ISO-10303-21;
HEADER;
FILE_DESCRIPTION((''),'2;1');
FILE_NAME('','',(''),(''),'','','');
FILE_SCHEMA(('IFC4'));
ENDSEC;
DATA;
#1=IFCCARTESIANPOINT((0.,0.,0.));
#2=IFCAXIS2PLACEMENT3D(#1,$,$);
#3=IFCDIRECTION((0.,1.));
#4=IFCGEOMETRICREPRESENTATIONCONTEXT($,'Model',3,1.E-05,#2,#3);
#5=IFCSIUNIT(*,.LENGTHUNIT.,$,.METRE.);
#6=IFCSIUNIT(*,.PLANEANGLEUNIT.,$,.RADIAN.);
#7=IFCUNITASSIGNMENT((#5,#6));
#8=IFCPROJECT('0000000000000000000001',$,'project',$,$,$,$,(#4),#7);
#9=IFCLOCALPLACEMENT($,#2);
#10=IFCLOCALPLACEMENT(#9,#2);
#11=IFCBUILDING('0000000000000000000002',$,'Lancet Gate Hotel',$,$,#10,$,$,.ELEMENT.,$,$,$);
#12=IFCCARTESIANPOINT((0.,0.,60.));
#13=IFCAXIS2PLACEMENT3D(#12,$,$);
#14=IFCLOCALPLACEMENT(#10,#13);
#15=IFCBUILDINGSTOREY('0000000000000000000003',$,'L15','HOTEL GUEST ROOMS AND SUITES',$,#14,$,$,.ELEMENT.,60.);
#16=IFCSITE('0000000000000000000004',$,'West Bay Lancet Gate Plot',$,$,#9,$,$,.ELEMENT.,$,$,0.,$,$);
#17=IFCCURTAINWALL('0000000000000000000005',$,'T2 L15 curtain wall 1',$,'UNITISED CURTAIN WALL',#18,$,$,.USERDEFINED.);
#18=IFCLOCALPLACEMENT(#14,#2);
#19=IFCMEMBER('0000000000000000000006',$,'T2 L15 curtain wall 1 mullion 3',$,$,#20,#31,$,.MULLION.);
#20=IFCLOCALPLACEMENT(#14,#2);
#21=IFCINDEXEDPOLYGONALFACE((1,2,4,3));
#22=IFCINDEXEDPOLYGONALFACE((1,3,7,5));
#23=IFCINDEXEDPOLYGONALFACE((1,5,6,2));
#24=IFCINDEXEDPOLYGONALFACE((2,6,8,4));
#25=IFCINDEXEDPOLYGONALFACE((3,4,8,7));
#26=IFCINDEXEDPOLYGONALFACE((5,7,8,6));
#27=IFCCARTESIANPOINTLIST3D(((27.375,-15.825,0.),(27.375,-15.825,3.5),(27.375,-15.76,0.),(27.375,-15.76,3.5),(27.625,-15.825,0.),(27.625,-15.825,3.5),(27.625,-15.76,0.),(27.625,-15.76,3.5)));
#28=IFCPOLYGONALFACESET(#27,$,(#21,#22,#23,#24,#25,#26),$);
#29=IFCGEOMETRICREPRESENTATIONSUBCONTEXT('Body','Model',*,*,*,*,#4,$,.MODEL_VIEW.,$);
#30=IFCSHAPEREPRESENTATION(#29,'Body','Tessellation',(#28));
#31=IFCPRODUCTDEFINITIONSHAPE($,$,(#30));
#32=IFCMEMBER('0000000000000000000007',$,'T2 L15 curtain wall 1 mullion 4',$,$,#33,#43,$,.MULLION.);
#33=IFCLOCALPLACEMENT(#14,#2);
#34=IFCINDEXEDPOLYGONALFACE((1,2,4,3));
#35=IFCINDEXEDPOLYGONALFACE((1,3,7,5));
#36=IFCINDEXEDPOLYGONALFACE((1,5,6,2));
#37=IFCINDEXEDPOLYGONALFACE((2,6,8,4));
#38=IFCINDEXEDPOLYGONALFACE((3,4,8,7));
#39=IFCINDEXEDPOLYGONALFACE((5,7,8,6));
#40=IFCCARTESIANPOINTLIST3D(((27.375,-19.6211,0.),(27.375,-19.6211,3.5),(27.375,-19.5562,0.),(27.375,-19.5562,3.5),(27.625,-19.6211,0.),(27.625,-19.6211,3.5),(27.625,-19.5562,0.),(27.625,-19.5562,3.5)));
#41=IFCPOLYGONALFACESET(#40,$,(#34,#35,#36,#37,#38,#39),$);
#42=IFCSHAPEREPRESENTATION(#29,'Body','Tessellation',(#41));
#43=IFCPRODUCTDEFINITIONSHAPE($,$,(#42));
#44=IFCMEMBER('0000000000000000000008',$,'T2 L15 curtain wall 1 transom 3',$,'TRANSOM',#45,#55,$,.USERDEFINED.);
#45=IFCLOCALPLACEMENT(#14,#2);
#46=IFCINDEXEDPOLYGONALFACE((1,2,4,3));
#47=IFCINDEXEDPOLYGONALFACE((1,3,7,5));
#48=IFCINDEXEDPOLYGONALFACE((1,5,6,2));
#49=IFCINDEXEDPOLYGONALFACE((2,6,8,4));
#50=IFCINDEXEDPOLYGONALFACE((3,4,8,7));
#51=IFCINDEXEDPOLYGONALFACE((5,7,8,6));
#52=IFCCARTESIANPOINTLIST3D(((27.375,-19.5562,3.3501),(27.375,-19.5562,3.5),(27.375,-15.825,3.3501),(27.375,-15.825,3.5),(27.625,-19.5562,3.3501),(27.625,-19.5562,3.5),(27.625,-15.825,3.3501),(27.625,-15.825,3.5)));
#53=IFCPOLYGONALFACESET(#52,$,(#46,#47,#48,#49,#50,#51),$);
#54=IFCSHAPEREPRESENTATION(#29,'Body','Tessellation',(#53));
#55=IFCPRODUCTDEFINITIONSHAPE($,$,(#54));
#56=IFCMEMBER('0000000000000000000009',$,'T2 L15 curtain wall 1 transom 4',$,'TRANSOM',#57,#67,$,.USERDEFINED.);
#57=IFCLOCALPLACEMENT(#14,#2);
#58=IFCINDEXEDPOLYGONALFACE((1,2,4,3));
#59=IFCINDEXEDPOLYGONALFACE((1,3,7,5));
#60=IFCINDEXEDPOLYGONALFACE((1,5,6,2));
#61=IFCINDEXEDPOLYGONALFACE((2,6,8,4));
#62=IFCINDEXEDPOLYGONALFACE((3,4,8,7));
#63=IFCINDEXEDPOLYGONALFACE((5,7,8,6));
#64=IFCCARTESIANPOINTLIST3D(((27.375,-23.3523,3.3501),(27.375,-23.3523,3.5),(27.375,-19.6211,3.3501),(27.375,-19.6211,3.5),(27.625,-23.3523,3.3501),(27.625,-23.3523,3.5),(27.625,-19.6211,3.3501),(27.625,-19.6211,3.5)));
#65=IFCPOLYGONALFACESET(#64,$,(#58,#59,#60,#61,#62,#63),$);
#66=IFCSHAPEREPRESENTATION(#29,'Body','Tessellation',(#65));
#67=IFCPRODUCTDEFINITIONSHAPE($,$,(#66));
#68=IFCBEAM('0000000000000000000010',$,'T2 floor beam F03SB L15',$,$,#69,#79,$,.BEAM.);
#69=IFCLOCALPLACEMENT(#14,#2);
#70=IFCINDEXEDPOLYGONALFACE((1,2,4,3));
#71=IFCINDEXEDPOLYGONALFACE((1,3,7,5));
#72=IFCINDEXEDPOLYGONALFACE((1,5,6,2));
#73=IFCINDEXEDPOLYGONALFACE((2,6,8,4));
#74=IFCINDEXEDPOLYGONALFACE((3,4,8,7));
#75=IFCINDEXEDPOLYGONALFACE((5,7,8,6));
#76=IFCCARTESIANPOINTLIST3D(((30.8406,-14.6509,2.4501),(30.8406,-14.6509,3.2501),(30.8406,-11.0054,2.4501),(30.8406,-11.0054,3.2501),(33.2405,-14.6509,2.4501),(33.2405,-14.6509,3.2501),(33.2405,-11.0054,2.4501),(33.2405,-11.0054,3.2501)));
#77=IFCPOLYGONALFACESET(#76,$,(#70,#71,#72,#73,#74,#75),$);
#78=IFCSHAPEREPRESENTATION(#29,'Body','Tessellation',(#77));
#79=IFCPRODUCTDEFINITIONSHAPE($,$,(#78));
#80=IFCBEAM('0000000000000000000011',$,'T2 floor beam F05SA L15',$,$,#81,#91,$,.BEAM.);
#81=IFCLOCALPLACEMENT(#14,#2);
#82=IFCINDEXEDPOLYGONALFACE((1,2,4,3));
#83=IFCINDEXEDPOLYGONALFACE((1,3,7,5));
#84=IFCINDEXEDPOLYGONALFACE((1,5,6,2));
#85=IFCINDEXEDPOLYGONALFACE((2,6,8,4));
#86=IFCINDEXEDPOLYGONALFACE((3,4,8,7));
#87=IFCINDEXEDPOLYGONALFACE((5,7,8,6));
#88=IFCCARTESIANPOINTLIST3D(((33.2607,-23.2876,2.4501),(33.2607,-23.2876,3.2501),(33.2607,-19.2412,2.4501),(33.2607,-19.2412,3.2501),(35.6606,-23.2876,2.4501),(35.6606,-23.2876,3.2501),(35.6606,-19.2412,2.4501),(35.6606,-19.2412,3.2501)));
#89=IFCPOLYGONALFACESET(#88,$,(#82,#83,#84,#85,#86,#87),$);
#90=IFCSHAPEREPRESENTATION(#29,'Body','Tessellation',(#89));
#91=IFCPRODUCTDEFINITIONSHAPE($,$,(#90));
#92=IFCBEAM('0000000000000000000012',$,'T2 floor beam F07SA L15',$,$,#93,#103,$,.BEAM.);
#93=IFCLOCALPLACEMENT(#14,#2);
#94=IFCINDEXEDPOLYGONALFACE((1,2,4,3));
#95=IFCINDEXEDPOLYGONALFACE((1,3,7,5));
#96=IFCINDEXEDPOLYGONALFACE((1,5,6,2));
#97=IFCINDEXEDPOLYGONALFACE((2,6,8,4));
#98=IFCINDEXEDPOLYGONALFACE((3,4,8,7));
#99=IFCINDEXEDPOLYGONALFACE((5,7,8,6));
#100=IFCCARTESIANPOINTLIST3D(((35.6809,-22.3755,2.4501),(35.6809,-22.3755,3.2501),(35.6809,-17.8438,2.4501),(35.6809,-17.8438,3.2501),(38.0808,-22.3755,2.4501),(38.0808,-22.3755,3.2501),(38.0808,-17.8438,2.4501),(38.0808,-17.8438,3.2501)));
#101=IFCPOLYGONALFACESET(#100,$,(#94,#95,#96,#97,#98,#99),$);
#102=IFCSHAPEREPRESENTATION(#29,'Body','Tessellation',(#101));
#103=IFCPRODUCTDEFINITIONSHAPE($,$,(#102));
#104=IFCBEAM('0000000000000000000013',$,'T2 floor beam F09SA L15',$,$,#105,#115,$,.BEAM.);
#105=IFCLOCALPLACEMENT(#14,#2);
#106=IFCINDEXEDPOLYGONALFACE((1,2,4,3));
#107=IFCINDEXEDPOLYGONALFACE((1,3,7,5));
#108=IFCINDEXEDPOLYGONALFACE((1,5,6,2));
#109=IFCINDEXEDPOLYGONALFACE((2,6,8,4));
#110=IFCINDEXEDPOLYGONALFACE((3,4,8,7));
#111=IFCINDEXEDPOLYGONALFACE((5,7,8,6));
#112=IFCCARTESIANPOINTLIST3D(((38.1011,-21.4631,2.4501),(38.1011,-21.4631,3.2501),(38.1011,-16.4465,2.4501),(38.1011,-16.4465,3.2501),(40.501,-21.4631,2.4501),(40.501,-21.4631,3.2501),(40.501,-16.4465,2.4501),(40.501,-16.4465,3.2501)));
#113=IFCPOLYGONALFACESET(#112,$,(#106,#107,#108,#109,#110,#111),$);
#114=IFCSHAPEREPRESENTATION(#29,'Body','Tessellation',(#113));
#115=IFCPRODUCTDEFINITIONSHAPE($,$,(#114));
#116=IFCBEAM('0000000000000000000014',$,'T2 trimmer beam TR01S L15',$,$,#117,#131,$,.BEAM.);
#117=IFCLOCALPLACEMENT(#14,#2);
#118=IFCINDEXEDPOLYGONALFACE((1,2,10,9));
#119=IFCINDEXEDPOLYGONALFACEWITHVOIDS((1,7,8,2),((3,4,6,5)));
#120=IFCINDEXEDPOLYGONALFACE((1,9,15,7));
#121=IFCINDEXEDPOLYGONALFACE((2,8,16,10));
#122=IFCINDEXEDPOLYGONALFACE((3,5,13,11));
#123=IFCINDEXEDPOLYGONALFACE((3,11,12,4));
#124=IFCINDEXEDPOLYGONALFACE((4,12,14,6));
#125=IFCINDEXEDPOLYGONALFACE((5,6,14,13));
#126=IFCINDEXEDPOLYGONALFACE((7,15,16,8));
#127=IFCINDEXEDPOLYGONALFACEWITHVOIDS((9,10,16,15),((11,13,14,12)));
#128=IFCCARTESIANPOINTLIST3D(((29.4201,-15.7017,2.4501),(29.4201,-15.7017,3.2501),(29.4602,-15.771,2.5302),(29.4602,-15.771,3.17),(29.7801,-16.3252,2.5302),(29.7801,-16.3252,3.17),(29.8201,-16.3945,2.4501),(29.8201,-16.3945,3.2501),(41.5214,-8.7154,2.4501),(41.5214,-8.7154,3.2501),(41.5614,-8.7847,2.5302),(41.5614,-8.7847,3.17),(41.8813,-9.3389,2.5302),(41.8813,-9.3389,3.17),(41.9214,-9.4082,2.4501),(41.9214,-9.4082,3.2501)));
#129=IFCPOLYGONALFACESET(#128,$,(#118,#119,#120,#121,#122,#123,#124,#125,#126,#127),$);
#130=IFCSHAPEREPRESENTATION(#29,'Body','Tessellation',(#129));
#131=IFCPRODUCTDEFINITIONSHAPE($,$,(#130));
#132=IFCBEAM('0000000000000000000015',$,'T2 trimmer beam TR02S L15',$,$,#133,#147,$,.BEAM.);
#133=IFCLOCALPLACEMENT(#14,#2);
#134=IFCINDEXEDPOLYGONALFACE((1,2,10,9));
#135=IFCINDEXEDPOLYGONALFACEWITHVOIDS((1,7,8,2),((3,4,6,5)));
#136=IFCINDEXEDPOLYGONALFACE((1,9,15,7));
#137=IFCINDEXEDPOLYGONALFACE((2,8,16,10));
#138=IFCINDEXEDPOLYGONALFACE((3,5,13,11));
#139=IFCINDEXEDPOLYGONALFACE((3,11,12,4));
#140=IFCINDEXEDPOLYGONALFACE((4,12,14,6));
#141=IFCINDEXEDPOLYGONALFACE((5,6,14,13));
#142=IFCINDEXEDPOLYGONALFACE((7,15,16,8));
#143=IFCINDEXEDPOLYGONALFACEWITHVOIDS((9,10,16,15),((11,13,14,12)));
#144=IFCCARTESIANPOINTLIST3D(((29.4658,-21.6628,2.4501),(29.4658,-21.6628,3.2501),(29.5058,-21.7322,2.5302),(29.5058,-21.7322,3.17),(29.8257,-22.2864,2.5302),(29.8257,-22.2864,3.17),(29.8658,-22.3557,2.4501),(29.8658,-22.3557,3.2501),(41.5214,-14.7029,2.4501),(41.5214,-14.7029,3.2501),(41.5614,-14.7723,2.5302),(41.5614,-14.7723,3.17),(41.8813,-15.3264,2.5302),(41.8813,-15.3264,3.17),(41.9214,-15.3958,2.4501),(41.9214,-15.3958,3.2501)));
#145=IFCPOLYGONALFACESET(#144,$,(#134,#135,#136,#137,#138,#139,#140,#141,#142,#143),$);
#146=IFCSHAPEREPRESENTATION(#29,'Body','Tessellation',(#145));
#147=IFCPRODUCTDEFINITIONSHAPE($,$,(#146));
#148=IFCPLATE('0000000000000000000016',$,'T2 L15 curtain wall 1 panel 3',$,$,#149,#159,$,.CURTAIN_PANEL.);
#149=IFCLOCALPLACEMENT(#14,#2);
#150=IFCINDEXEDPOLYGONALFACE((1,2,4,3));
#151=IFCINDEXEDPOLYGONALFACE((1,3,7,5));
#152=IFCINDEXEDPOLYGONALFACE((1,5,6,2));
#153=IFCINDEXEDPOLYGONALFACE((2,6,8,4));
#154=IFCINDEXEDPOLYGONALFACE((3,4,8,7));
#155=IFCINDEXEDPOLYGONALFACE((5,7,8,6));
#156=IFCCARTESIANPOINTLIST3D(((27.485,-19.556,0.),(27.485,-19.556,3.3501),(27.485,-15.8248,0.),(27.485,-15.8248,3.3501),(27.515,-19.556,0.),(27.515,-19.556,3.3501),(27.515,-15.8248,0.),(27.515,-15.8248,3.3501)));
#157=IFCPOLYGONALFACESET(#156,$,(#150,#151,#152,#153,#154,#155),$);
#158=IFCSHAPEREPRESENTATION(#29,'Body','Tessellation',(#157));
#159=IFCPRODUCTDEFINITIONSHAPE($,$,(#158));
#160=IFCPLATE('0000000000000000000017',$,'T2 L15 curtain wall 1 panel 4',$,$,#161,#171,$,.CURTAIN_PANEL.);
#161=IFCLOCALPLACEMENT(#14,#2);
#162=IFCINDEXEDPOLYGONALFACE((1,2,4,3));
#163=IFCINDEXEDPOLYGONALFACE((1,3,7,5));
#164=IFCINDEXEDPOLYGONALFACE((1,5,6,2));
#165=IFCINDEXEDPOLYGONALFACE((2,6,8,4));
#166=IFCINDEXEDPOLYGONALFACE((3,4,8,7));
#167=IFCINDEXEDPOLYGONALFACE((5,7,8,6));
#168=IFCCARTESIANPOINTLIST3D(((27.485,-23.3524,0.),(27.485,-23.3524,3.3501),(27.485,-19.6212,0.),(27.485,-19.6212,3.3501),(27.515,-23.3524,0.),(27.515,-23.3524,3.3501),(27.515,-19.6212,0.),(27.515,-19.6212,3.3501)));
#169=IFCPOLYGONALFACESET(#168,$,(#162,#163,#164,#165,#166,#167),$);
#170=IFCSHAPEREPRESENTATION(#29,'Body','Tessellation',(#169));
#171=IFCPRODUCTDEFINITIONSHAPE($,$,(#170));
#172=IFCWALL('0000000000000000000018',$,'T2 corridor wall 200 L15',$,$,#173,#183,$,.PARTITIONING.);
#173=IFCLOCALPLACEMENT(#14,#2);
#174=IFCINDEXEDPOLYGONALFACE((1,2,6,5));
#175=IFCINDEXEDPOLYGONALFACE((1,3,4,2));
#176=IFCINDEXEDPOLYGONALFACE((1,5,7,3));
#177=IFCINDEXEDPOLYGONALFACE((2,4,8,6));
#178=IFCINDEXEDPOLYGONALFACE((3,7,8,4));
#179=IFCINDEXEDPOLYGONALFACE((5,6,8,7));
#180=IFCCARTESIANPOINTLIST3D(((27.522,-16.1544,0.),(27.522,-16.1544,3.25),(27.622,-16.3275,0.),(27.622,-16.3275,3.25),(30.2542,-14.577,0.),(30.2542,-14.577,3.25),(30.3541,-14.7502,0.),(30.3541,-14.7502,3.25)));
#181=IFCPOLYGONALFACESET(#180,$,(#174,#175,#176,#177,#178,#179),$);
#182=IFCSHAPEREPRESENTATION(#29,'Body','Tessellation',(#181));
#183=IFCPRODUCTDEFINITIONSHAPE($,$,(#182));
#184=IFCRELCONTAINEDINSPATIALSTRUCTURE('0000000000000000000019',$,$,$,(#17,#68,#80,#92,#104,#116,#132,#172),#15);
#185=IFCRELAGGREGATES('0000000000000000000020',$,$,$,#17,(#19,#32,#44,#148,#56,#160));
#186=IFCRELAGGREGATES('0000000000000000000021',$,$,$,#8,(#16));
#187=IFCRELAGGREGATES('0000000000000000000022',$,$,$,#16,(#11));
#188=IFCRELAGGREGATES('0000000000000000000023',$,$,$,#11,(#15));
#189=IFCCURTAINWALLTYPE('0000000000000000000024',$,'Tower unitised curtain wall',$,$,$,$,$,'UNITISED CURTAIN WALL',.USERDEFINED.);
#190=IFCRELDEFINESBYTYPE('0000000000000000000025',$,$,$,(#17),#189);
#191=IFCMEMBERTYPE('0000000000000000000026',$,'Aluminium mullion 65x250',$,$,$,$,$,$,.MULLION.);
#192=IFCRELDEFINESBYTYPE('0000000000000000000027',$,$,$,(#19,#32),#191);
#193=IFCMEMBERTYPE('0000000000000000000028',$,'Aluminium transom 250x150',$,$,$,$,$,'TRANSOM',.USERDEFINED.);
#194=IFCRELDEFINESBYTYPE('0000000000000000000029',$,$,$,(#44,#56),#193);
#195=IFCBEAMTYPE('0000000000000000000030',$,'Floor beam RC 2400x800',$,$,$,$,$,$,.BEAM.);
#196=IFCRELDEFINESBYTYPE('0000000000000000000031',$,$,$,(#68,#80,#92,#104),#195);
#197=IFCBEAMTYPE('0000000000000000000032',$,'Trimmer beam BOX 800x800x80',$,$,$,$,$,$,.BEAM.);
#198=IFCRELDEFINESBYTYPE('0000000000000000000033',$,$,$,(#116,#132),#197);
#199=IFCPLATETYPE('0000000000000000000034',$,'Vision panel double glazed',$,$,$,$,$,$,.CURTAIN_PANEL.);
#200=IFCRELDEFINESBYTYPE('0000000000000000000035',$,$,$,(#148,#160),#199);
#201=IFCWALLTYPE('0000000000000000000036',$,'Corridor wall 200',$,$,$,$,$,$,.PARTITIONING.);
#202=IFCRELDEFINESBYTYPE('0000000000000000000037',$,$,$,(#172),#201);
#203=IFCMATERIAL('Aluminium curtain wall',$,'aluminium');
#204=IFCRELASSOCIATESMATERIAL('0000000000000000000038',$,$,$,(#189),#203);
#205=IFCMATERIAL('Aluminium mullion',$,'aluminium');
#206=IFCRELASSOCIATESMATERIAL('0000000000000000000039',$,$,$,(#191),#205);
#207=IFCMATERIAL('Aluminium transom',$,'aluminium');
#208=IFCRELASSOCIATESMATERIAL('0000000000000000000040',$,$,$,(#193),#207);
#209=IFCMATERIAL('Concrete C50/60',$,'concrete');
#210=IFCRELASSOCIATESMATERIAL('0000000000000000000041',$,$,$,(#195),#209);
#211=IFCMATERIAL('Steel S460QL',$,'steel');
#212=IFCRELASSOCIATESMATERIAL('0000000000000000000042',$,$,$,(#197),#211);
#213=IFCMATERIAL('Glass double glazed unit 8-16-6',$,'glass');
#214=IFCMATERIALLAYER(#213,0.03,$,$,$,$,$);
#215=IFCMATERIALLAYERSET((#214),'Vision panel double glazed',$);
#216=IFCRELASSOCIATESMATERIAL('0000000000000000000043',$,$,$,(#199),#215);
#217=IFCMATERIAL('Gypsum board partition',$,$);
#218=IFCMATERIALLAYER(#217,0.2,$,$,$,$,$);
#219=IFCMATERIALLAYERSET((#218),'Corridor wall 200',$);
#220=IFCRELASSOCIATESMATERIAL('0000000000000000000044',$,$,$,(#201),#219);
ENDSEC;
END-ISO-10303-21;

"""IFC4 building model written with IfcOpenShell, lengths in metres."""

from ifc_helpers import new_model, si_unit, direction, frame, frame_2d, origin, origin_2d, place, context, subcontext, project, spatial, rectangle, hollow_rectangle, extrude, material, layer, layer_set, material_profile, profile_set, type_object, element, aggregate, save


model = new_model("IFC4")

# Units and contexts
model_context = context("Model", 3, precision=1e-05, world=origin(), true_north=direction((0.0, 1.0)))
body_context = subcontext(model_context, "Body", "Model", "MODEL_VIEW")
ifc_project = project(units=[si_unit("LENGTHUNIT", "METRE"), si_unit("PLANEANGLEUNIT", "RADIAN")], contexts=[model_context])

# Site, building, storey
site_placement = place(None, origin())
site = spatial("IfcSite", under=ifc_project, at=site_placement, Name="West Bay Lancet Gate Plot", CompositionType="ELEMENT", RefElevation=0.0)
building_placement = place(site_placement, origin())
building = spatial("IfcBuilding", under=site, at=building_placement, Name="Lancet Gate Hotel", CompositionType="ELEMENT")
storey_placement = place(building_placement, frame((0.0, 0.0, 60.0)))
storey = spatial("IfcBuildingStorey", under=building, at=storey_placement, Name="L15", Description="HOTEL GUEST ROOMS AND SUITES", CompositionType="ELEMENT", Elevation=60.0)

# Curtain wall, members
ifc_material_1 = material(Name="Aluminium curtain wall", Category="aluminium")
curtain_wall_type = type_object("IfcCurtainWallType", Name="Tower unitised curtain wall", ElementType="UNITISED CURTAIN WALL", PredefinedType="USERDEFINED", material=ifc_material_1)
curtain_wall_placement = place(storey_placement, origin())
curtain_wall = element("IfcCurtainWall", 1, at=curtain_wall_placement, inside=storey, type_object=curtain_wall_type, Name="T2 L15 curtain wall 1", ObjectType="UNITISED CURTAIN WALL", PredefinedType="USERDEFINED")
ifc_material_2 = material(Name="Aluminium mullion", Category="aluminium")
ifc_material_profile_1 = material_profile(ifc_material_2, rectangle(XDim=0.0649, YDim=0.25, at=origin_2d()), Name="MULLION 65x250")
ifc_profile_set_1 = profile_set([ifc_material_profile_1], Name="Aluminium mullion")
member_type_1 = type_object("IfcMemberType", Name="Aluminium mullion 65x250", PredefinedType="MULLION", material=ifc_profile_set_1)
member_1_placement = place(storey_placement, frame((27.5, -15.7925, 0.0), z_axis=(0.0, 0.0, 1.0), x_axis=(0.0, -1.0, 0.0)))
member_1 = element("IfcMember", 2, at=member_1_placement, type_object=member_type_1, Name="T2 L15 curtain wall 1 mullion 3", PredefinedType="MULLION", context=body_context, shape_type="SweptSolid", body=[
    extrude(rectangle(XDim=0.0649, YDim=0.25, at=origin_2d()), origin(), (0.0, 0.0, 1.0), 3.5),
])
member_2_placement = place(storey_placement, frame((27.5, -19.5886, 0.0), z_axis=(0.0, 0.0, 1.0), x_axis=(0.0, -1.0, 0.0)))
member_2 = element("IfcMember", 3, at=member_2_placement, type_object=member_type_1, Name="T2 L15 curtain wall 1 mullion 4", PredefinedType="MULLION", context=body_context, shape_type="SweptSolid", body=[
    extrude(rectangle(XDim=0.0649, YDim=0.25, at=origin_2d()), origin(), (0.0, 0.0, 1.0), 3.5),
])
ifc_material_3 = material(Name="Aluminium transom", Category="aluminium")
ifc_material_profile_2 = material_profile(ifc_material_3, rectangle(XDim=0.25, YDim=0.1499, at=origin_2d()), Name="TRANSOM 250x150")
ifc_profile_set_2 = profile_set([ifc_material_profile_2], Name="Aluminium transom")
member_type_2 = type_object("IfcMemberType", Name="Aluminium transom 250x150", ElementType="TRANSOM", PredefinedType="USERDEFINED", material=ifc_profile_set_2)
member_3_placement = place(storey_placement, frame((27.5, -15.825, 3.425), z_axis=(0.0, -1.0, 0.0), x_axis=(1.0, 0.0, 0.0)))
member_3 = element("IfcMember", 4, at=member_3_placement, type_object=member_type_2, Name="T2 L15 curtain wall 1 transom 3", ObjectType="TRANSOM", PredefinedType="USERDEFINED", context=body_context, shape_type="SweptSolid", body=[
    extrude(rectangle(XDim=0.25, YDim=0.1499, at=origin_2d()), origin(), (0.0, 0.0, 1.0), 3.7312),
])
member_4_placement = place(storey_placement, frame((27.5, -19.6211, 3.425), z_axis=(0.0, -1.0, 0.0), x_axis=(1.0, 0.0, 0.0)))
member_4 = element("IfcMember", 5, at=member_4_placement, type_object=member_type_2, Name="T2 L15 curtain wall 1 transom 4", ObjectType="TRANSOM", PredefinedType="USERDEFINED", context=body_context, shape_type="SweptSolid", body=[
    extrude(rectangle(XDim=0.25, YDim=0.1499, at=origin_2d()), origin(), (0.0, 0.0, 1.0), 3.7312),
])

# Beams
ifc_material_4 = material(Name="Concrete C50/60", Category="concrete")
ifc_material_profile_3 = material_profile(ifc_material_4, rectangle(XDim=2.3999, YDim=0.8, at=origin_2d()), Name="RC 2400x800")
ifc_profile_set_3 = profile_set([ifc_material_profile_3], Name="Concrete C50/60")
beam_type_1 = type_object("IfcBeamType", Name="Floor beam RC 2400x800", PredefinedType="BEAM", material=ifc_profile_set_3)
beam_1_placement = place(storey_placement, frame((32.0405, -14.6509, 2.8501), z_axis=(0.0, 1.0, 0.0), x_axis=(-1.0, 0.0, 0.0)))
element("IfcBeam", 6, at=beam_1_placement, inside=storey, type_object=beam_type_1, Name="T2 floor beam F03SB L15", PredefinedType="BEAM", context=body_context, shape_type="SweptSolid", body=[
    extrude(rectangle(XDim=2.3999, YDim=0.8, at=origin_2d()), origin(), (0.0, 0.0, 1.0), 3.6455),
])
beam_2_placement = place(storey_placement, frame((34.4607, -23.2876, 2.8501), z_axis=(0.0, 1.0, 0.0), x_axis=(-1.0, 0.0, 0.0)))
element("IfcBeam", 7, at=beam_2_placement, inside=storey, type_object=beam_type_1, Name="T2 floor beam F05SA L15", PredefinedType="BEAM", context=body_context, shape_type="SweptSolid", body=[
    extrude(rectangle(XDim=2.3999, YDim=0.8, at=origin_2d()), origin(), (0.0, 0.0, 1.0), 4.0464),
])
beam_3_placement = place(storey_placement, frame((36.8809, -22.3755, 2.8501), z_axis=(0.0, 1.0, 0.0), x_axis=(-1.0, 0.0, 0.0)))
element("IfcBeam", 8, at=beam_3_placement, inside=storey, type_object=beam_type_1, Name="T2 floor beam F07SA L15", PredefinedType="BEAM", context=body_context, shape_type="SweptSolid", body=[
    extrude(rectangle(XDim=2.3999, YDim=0.8, at=origin_2d()), origin(), (0.0, 0.0, 1.0), 4.5317),
])
beam_4_placement = place(storey_placement, frame((39.301, -21.4631, 2.8501), z_axis=(0.0, 1.0, 0.0), x_axis=(-1.0, 0.0, 0.0)))
element("IfcBeam", 9, at=beam_4_placement, inside=storey, type_object=beam_type_1, Name="T2 floor beam F09SA L15", PredefinedType="BEAM", context=body_context, shape_type="SweptSolid", body=[
    extrude(rectangle(XDim=2.3999, YDim=0.8, at=origin_2d()), origin(), (0.0, 0.0, 1.0), 5.0166),
])
ifc_material_5 = material(Name="Steel S460QL", Category="steel")
ifc_material_profile_4 = material_profile(ifc_material_5, hollow_rectangle(XDim=0.8, YDim=0.8, WallThickness=0.0801, at=origin_2d()), Name="BOX 800x800x80")
ifc_profile_set_4 = profile_set([ifc_material_profile_4], Name="Steel S460QL")
beam_type_2 = type_object("IfcBeamType", Name="Trimmer beam BOX 800x800x80", PredefinedType="BEAM", material=ifc_profile_set_4)
beam_5_placement = place(storey_placement, frame((29.6201, -16.0481, 2.8501), z_axis=(0.866037, 0.49998, 0.0), x_axis=(-0.49998, 0.866037, 0.0)))
element("IfcBeam", 10, at=beam_5_placement, inside=storey, type_object=beam_type_2, Name="T2 trimmer beam TR01S L15", PredefinedType="BEAM", context=body_context, shape_type="SweptSolid", body=[
    extrude(hollow_rectangle(XDim=0.8, YDim=0.8, WallThickness=0.0801, at=origin_2d()), origin(), (0.0, 0.0, 1.0), 13.9731),
])
beam_6_placement = place(storey_placement, frame((29.6658, -22.0093, 2.8501), z_axis=(0.866037, 0.49998, 0.0), x_axis=(-0.49998, 0.866037, 0.0)))
element("IfcBeam", 11, at=beam_6_placement, inside=storey, type_object=beam_type_2, Name="T2 trimmer beam TR02S L15", PredefinedType="BEAM", context=body_context, shape_type="SweptSolid", body=[
    extrude(hollow_rectangle(XDim=0.8, YDim=0.8, WallThickness=0.0801, at=origin_2d()), origin(), (0.0, 0.0, 1.0), 13.9204),
])

# Plates
ifc_material_6 = material(Name="Glass double glazed unit 8-16-6", Category="glass")
ifc_layer_1 = layer(ifc_material_6, 0.03)
ifc_layer_set_1 = layer_set([ifc_layer_1], Name="Vision panel double glazed")
plate_type = type_object("IfcPlateType", Name="Vision panel double glazed", PredefinedType="CURTAIN_PANEL", material=ifc_layer_set_1)
plate_1_placement = place(storey_placement, frame((27.5, -17.6904, 0.0), z_axis=(0.0, 0.0, 1.0), x_axis=(0.0, -1.0, 0.0)))
plate_1 = element("IfcPlate", 12, at=plate_1_placement, type_object=plate_type, Name="T2 L15 curtain wall 1 panel 3", PredefinedType="CURTAIN_PANEL", context=body_context, shape_type="SweptSolid", body=[
    extrude(rectangle(XDim=3.7312, YDim=0.03, at=origin_2d()), origin(), (0.0, 0.0, 1.0), 3.3501),
])
plate_2_placement = place(storey_placement, frame((27.5, -21.4868, 0.0), z_axis=(0.0, 0.0, 1.0), x_axis=(0.0, -1.0, 0.0)))
plate_2 = element("IfcPlate", 13, at=plate_2_placement, type_object=plate_type, Name="T2 L15 curtain wall 1 panel 4", PredefinedType="CURTAIN_PANEL", context=body_context, shape_type="SweptSolid", body=[
    extrude(rectangle(XDim=3.7312, YDim=0.03, at=origin_2d()), origin(), (0.0, 0.0, 1.0), 3.3501),
])
aggregate(curtain_wall, [member_1, member_2, member_3, plate_1, member_4, plate_2])

# Wall
ifc_material_7 = material(Name="Gypsum board partition")
ifc_layer_2 = layer(ifc_material_7, 0.2)
ifc_layer_set_2 = layer_set([ifc_layer_2], Name="Corridor wall 200")
wall_type_1 = type_object("IfcWallType", Name="Corridor wall 200", PredefinedType="PARTITIONING", material=ifc_layer_set_2)
wall_1_placement = place(storey_placement, frame((27.572, -16.241, 0.0), z_axis=(0.0, 0.0, 1.0), x_axis=(0.86603, 0.499993, 0.0)))
element("IfcWall", 14, at=wall_1_placement, inside=storey, type_object=wall_type_1, Name="T2 corridor wall 200 L15", PredefinedType="PARTITIONING", context=body_context, shape_type="SweptSolid", body=[
    extrude(rectangle(XDim=3.1548, YDim=0.2, at=frame_2d((1.5774, 0.0))), origin(), (0.0, 0.0, 1.0), 3.25),
])

save(model, "model.ifc")
